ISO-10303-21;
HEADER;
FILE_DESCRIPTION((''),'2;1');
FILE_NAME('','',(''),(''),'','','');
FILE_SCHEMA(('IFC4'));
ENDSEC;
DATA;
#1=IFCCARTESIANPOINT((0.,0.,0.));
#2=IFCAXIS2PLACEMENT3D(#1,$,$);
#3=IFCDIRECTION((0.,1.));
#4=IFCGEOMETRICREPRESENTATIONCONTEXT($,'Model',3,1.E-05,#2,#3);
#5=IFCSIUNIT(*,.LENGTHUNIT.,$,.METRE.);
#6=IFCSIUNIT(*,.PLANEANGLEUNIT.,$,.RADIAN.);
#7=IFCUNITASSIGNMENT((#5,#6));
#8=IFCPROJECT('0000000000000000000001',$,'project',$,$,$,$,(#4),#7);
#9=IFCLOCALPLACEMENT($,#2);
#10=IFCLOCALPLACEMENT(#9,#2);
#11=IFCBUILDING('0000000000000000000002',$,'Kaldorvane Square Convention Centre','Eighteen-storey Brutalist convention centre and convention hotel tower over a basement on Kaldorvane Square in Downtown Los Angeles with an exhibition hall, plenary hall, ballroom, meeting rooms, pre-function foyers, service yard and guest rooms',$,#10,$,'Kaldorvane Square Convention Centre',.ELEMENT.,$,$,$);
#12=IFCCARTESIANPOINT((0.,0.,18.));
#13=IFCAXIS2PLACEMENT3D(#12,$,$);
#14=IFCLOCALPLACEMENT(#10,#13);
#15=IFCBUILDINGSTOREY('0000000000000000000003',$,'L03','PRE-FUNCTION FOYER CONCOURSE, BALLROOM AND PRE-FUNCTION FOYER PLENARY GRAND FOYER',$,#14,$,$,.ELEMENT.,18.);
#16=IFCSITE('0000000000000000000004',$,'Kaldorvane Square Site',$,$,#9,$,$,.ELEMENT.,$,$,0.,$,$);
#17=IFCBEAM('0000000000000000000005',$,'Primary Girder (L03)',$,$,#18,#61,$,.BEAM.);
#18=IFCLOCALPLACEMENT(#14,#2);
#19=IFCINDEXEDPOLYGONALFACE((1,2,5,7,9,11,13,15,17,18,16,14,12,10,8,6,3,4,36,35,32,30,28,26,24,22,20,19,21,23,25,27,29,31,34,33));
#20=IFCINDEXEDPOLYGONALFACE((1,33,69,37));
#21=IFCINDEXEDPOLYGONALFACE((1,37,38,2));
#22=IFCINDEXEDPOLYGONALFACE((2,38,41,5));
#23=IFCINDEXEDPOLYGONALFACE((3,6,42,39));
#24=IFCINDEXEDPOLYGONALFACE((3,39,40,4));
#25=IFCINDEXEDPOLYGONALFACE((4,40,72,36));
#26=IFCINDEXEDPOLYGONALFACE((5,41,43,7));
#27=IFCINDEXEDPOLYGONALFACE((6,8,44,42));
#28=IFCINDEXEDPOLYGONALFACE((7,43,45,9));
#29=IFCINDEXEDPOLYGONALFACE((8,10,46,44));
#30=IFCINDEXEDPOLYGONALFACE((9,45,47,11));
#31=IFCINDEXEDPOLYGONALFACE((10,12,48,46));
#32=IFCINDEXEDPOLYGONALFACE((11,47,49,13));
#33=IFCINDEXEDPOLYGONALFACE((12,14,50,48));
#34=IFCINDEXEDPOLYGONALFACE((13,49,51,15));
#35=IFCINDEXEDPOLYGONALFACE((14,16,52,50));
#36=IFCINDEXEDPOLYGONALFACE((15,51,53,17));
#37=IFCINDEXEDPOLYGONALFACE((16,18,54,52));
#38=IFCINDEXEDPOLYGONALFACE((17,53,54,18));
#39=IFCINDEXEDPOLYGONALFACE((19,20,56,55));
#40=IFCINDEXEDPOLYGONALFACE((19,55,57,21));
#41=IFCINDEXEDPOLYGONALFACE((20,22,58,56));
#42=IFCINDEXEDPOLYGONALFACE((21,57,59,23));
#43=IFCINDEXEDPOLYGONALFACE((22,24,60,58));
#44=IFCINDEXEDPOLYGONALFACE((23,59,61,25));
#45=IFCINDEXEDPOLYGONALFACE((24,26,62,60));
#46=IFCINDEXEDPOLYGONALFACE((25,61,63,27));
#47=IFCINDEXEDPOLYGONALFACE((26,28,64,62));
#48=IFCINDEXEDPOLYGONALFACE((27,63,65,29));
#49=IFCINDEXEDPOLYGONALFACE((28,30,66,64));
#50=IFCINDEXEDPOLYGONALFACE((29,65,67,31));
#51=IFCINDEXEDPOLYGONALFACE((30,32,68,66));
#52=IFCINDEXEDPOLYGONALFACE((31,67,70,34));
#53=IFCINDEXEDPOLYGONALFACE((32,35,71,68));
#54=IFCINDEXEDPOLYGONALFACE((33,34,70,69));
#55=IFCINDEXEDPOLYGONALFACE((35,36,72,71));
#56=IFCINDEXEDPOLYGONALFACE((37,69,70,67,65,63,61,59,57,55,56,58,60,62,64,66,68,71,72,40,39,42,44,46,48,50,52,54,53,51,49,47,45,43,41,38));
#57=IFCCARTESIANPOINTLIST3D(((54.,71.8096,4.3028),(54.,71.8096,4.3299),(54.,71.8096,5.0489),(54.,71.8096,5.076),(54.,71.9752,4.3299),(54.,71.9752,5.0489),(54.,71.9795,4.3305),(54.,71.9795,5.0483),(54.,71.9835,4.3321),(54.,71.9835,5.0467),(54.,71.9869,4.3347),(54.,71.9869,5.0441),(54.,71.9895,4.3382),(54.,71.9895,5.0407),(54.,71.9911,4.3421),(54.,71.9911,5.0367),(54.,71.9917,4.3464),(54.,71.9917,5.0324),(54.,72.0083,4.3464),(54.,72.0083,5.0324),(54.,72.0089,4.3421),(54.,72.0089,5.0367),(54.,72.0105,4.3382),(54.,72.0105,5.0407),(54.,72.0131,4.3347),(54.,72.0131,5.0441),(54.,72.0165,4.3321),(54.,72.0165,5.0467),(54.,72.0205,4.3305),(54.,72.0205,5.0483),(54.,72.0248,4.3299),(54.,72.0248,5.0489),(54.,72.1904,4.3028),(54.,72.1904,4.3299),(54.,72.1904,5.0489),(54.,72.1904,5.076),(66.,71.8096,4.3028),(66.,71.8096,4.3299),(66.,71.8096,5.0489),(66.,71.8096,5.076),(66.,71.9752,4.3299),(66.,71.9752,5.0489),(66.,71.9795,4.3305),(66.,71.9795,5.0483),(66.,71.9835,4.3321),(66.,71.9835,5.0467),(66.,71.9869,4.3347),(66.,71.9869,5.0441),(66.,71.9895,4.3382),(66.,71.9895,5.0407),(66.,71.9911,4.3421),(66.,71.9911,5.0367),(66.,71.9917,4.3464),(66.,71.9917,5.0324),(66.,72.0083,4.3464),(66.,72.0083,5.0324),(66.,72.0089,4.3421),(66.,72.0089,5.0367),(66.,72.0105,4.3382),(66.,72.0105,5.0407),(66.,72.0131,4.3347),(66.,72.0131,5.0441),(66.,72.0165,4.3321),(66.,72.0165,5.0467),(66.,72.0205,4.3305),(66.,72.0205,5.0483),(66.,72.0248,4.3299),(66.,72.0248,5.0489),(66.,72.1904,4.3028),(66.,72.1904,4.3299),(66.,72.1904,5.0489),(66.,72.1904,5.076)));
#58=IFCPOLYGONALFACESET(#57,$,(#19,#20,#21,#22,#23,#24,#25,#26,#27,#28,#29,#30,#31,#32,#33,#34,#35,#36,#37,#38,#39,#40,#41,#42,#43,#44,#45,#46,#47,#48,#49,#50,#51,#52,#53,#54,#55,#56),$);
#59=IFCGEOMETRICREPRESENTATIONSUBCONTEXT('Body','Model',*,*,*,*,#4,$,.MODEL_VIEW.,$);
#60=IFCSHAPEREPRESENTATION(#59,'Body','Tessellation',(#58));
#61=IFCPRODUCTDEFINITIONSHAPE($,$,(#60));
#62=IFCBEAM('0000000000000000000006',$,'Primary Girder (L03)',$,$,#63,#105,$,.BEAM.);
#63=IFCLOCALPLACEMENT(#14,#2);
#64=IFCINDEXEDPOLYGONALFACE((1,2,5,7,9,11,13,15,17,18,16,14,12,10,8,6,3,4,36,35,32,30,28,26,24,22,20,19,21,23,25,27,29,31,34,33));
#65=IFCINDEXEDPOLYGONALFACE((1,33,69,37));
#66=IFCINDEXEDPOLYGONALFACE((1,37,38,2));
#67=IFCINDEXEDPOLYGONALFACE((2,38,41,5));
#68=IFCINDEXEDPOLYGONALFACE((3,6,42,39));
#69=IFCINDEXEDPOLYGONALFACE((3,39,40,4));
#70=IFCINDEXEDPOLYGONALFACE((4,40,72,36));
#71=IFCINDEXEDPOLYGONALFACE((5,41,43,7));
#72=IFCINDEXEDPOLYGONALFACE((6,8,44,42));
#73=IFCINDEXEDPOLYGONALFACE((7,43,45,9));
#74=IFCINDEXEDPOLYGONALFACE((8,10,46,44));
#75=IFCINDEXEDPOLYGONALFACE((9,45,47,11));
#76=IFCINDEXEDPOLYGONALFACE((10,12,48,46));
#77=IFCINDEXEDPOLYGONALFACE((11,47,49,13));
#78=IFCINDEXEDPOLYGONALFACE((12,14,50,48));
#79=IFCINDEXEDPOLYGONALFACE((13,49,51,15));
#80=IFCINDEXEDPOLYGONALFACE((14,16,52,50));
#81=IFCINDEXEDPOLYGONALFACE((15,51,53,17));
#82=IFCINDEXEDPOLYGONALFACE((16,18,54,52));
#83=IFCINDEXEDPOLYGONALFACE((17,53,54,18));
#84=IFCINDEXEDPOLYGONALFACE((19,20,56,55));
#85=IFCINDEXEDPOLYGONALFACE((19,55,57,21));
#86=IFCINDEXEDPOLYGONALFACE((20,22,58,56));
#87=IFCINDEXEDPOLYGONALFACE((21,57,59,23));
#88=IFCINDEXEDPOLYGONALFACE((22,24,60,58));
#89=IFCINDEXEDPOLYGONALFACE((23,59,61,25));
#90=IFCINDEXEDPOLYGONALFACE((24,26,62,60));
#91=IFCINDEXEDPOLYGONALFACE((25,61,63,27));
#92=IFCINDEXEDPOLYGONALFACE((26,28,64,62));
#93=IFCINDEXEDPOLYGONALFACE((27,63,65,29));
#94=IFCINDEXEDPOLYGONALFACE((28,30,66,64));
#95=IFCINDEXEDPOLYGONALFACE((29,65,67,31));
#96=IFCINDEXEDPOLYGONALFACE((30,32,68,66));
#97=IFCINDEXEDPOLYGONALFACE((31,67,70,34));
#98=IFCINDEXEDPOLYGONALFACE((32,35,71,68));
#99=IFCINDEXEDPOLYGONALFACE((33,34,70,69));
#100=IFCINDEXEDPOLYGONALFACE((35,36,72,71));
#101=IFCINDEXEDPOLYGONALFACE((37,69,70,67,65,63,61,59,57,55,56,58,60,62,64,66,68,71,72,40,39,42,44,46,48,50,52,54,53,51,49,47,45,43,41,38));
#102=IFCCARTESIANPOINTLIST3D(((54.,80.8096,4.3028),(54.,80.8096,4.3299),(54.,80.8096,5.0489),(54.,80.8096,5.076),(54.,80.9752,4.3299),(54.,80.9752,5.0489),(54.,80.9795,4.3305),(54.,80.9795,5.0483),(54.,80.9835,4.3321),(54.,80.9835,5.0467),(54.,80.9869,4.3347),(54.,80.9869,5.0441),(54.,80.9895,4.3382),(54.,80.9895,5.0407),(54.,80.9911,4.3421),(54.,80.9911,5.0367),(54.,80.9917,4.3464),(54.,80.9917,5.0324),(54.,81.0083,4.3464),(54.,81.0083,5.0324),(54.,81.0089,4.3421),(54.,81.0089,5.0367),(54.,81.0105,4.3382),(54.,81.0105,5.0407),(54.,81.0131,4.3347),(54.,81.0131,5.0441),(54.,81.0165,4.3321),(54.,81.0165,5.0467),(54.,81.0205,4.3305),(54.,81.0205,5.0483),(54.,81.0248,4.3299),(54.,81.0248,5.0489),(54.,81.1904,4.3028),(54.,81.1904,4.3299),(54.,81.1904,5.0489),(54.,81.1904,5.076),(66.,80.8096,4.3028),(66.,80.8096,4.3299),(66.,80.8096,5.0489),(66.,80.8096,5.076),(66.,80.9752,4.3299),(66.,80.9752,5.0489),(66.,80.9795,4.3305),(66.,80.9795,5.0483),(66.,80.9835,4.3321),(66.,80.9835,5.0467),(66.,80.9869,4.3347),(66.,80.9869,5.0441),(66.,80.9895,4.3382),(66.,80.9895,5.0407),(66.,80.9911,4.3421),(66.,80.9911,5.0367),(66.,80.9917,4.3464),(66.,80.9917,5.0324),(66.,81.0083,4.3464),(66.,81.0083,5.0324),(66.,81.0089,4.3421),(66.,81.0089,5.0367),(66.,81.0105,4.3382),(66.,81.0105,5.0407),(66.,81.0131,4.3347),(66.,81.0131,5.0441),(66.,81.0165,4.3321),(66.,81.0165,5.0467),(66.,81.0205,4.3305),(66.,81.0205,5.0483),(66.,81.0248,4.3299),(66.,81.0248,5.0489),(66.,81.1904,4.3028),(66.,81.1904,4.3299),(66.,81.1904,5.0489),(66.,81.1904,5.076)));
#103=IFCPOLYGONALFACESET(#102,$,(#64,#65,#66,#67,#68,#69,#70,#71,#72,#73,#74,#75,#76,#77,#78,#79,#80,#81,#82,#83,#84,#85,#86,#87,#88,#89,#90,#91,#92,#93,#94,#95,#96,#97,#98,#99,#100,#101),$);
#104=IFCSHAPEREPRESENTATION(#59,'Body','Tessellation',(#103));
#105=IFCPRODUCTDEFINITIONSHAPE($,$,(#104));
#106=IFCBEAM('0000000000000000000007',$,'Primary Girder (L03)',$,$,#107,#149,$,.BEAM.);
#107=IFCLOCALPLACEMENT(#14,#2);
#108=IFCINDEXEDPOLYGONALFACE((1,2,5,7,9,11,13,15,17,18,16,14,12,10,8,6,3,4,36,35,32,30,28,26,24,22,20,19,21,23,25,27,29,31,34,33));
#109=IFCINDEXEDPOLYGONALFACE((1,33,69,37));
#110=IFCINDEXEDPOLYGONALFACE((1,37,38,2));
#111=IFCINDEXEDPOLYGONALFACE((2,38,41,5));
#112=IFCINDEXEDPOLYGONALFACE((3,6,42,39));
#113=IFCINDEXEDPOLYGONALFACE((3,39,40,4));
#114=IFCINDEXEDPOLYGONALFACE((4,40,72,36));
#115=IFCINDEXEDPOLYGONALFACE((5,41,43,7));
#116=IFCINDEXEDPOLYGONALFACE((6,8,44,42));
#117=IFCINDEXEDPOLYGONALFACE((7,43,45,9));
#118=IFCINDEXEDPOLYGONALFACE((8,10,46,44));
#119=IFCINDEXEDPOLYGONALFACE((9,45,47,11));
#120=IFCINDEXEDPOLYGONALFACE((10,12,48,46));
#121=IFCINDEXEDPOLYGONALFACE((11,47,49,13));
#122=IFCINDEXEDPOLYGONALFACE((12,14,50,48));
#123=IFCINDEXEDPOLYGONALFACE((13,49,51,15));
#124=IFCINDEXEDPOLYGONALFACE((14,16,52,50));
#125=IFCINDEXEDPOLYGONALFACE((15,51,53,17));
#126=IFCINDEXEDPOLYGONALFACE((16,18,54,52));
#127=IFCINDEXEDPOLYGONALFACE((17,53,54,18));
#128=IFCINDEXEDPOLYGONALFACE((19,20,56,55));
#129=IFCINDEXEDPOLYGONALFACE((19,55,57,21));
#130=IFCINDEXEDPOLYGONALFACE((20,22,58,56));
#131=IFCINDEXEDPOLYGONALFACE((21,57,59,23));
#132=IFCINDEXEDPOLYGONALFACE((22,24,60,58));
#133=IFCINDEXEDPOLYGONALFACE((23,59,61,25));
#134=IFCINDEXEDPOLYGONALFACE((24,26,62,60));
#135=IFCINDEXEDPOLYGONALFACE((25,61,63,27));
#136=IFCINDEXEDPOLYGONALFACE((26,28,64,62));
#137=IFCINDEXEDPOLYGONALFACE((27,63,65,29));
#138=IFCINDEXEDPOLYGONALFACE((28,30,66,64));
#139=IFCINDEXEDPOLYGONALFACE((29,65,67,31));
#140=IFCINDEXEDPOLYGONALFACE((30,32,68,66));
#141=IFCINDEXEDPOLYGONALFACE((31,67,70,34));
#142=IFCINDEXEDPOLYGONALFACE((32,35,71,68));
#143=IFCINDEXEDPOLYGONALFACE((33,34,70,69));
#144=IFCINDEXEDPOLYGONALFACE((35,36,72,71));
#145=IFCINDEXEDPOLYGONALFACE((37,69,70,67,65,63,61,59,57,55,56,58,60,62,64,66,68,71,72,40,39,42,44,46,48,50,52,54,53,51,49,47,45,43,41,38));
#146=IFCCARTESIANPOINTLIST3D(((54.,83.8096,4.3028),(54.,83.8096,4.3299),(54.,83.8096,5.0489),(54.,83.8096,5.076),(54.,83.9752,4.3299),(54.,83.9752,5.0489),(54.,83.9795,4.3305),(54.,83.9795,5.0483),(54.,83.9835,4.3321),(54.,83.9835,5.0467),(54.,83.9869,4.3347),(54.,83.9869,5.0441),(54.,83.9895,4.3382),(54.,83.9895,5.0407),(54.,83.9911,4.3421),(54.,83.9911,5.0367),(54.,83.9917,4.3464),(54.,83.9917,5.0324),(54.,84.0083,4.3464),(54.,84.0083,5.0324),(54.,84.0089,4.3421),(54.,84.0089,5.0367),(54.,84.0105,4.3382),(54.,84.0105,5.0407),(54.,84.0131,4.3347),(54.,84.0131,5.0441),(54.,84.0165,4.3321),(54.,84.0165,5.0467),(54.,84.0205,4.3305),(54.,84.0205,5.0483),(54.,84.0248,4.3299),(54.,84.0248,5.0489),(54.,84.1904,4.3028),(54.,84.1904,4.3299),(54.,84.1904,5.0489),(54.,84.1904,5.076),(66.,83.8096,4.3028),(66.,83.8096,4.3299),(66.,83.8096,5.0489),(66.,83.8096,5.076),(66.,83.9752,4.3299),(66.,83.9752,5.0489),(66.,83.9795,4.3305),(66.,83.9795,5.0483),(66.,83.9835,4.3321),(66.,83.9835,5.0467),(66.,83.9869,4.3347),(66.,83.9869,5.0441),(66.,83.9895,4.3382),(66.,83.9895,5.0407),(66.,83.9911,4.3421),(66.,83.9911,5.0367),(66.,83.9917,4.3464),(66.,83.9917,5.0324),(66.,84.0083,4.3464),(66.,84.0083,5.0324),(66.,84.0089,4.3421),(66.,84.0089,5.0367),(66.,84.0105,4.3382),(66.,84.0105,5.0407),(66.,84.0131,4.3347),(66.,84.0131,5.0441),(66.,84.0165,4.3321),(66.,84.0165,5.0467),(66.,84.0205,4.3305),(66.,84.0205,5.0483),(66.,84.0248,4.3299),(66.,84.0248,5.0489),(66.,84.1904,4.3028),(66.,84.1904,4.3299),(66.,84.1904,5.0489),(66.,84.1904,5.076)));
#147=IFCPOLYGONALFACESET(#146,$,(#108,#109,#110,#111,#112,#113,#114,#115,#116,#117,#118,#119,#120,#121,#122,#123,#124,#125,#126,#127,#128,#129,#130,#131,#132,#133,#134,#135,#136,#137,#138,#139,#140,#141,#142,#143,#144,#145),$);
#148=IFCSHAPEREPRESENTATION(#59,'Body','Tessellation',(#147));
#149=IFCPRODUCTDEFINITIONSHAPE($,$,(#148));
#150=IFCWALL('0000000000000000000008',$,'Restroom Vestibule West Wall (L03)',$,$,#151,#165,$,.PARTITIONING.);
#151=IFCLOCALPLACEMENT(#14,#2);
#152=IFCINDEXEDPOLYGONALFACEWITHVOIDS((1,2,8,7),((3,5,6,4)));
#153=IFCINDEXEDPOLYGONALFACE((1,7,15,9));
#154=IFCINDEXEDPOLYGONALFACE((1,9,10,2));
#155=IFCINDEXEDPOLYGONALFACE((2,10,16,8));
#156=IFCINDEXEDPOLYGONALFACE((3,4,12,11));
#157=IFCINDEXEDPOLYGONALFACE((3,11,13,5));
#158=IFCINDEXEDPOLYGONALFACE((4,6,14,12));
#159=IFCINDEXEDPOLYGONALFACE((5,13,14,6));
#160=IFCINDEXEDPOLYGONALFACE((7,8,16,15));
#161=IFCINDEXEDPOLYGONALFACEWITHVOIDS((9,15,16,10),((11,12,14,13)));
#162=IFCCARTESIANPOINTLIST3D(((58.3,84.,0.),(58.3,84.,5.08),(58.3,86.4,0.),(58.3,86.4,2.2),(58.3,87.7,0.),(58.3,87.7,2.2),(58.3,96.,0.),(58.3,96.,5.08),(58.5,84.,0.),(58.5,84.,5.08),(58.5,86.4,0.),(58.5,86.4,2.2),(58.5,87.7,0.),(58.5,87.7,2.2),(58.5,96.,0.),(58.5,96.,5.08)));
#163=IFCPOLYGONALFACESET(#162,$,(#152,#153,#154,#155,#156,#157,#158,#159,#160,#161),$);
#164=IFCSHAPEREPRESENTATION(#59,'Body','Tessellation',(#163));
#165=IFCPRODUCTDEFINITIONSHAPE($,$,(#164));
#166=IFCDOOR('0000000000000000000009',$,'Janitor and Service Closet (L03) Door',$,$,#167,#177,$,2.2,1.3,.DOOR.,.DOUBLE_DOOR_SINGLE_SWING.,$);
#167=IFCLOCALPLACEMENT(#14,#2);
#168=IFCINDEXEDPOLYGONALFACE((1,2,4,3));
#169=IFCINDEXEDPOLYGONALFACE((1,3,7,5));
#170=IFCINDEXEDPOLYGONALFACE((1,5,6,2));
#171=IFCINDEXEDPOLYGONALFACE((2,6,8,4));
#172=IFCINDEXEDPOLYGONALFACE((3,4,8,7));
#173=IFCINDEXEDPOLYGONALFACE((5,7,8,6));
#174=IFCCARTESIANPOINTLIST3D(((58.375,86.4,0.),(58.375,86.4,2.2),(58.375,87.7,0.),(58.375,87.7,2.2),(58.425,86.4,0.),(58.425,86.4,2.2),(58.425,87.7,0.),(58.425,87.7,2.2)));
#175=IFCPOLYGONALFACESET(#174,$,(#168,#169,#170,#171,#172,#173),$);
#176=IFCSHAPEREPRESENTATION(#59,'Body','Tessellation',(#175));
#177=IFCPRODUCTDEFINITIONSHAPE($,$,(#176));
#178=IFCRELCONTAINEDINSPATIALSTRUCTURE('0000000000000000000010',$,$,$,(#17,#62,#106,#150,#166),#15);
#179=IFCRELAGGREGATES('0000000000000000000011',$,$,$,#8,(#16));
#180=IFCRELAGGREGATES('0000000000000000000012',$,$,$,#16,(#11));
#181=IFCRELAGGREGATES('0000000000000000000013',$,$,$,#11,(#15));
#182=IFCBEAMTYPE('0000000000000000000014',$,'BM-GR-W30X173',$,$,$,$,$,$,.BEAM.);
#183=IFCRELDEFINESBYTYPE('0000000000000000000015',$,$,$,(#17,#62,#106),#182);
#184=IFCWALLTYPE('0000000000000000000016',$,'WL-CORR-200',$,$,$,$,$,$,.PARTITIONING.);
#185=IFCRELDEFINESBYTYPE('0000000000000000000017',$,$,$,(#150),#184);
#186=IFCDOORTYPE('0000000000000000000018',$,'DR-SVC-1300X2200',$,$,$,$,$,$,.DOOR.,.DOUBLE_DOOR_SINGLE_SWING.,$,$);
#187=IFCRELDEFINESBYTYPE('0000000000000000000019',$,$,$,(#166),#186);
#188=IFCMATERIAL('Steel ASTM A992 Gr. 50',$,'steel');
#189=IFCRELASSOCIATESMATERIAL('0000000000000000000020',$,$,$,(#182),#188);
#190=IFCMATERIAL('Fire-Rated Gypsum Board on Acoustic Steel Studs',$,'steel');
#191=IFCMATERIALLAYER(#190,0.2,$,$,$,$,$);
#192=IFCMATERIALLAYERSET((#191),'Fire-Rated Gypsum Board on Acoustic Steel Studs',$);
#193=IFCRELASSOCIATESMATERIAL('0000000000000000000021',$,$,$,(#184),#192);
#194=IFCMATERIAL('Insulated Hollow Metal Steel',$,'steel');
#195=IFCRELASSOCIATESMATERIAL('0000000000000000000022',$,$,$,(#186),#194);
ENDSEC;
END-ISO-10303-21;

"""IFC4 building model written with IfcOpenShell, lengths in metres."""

from ifc_helpers import new_model, si_unit, direction, frame, frame_2d, origin, origin_2d, place, context, subcontext, project, spatial, rectangle, i_section, extrude, material, layer, layer_set, material_profile, profile_set, type_object, element, fill, save


model = new_model("IFC4")

# Units and contexts
model_context = context("Model", 3, precision=1e-05, world=origin(), true_north=direction((0.0, 1.0)))
body_context = subcontext(model_context, "Body", "Model", "MODEL_VIEW")
ifc_project = project(units=[si_unit("LENGTHUNIT", "METRE"), si_unit("PLANEANGLEUNIT", "RADIAN")], contexts=[model_context])

# Site, building, storey
site_placement = place(None, origin())
site = spatial("IfcSite", under=ifc_project, at=site_placement, Name="Kaldorvane Square Site", CompositionType="ELEMENT", RefElevation=0.0)
building_placement = place(site_placement, origin())
building = spatial("IfcBuilding", under=site, at=building_placement, Name="Kaldorvane Square Convention Centre", Description="Eighteen-storey Brutalist convention centre and convention hotel tower over a basement on Kaldorvane Square in Downtown Los Angeles with an exhibition hall, plenary hall, ballroom, meeting rooms, pre-function foyers, service yard and guest rooms", LongName="Kaldorvane Square Convention Centre", CompositionType="ELEMENT")
storey_placement = place(building_placement, frame((0.0, 0.0, 18.0)))
storey = spatial("IfcBuildingStorey", under=building, at=storey_placement, Name="L03", Description="PRE-FUNCTION FOYER CONCOURSE, BALLROOM AND PRE-FUNCTION FOYER PLENARY GRAND FOYER", CompositionType="ELEMENT", Elevation=18.0)

# Shared definitions
ifc_material_1 = material(Name="Steel ASTM A992 Gr. 50", Category="steel")

# Beams
ifc_material_profile_1 = material_profile(ifc_material_1, i_section(OverallWidth=0.3807, OverallDepth=0.7732, WebThickness=0.0166, FlangeThickness=0.0271, FilletRadius=0.0165, at=origin_2d()), Name="W30X173")
ifc_profile_set_1 = profile_set([ifc_material_profile_1], Name="Steel ASTM A992 Gr. 50")
beam_type_1 = type_object("IfcBeamType", Name="BM-GR-W30X173", PredefinedType="BEAM", material=ifc_profile_set_1)
for number, where, z_axis, x_axis, name in (
    (1, (54.0, 72.0, 4.6894), (1.0, 0.0, 0.0), (0.0, 1.0, 0.0), "Primary Girder (L03)"),
    (2, (54.0, 81.0, 4.6894), (1.0, 0.0, 0.0), (0.0, 1.0, 0.0), "Primary Girder (L03)"),
    (3, (54.0, 84.0, 4.6894), (1.0, 0.0, 0.0), (0.0, 1.0, 0.0), "Primary Girder (L03)"),
):
    element("IfcBeam", number, at=place(storey_placement, frame(where, z_axis=z_axis, x_axis=x_axis)), inside=storey, type_object=beam_type_1, Name=name, PredefinedType="BEAM", context=body_context, shape_type="SweptSolid", body=[
        extrude(i_section(OverallWidth=0.3807, OverallDepth=0.7732, WebThickness=0.0166, FlangeThickness=0.0271, FilletRadius=0.0165, at=origin_2d()), origin(), (0.0, 0.0, 1.0), 12.0),
    ])

# Wall, opening, door
ifc_material_2 = material(Name="Fire-Rated Gypsum Board on Acoustic Steel Studs", Category="steel")
ifc_layer_1 = layer(ifc_material_2, 0.2)
ifc_layer_set_1 = layer_set([ifc_layer_1], Name="Fire-Rated Gypsum Board on Acoustic Steel Studs")
wall_type_1 = type_object("IfcWallType", Name="WL-CORR-200", PredefinedType="PARTITIONING", material=ifc_layer_set_1)
wall_1_placement = place(storey_placement, frame((58.4, 84.0, 0.0), z_axis=(0.0, 0.0, 1.0), x_axis=(0.0, 1.0, 0.0)))
wall_1 = element("IfcWall", 4, at=wall_1_placement, inside=storey, type_object=wall_type_1, Name="Restroom Vestibule West Wall (L03)", PredefinedType="PARTITIONING", context=body_context, shape_type="SweptSolid", body=[
    extrude(rectangle(XDim=12.0, YDim=0.2, at=frame_2d((6.0, 0.0))), origin(), (0.0, 0.0, 1.0), 5.08),
])
opening_1_placement = place(wall_1_placement, frame((2.4, 0.0, 0.0)))
opening_1 = element("IfcOpeningElement", 5, at=opening_1_placement, cuts=wall_1, PredefinedType="OPENING", context=body_context, shape_type="SweptSolid", body=[
    extrude(rectangle(XDim=1.3, YDim=2.2, at=frame_2d((0.65, 1.1))), frame((0.0, 0.115, 0.0), z_axis=(0.0, -1.0, 0.0), x_axis=(1.0, 0.0, 0.0)), (0.0, 0.0, 1.0), 0.23),
])
ifc_material_3 = material(Name="Insulated Hollow Metal Steel", Category="steel")
door_type_1 = type_object("IfcDoorType", Name="DR-SVC-1300X2200", OperationType="DOUBLE_DOOR_SINGLE_SWING", PredefinedType="DOOR", material=ifc_material_3)
door_1_placement = place(opening_1_placement, origin())
door_1 = element("IfcDoor", 6, at=door_1_placement, inside=storey, type_object=door_type_1, Name="Janitor and Service Closet (L03) Door", OperationType="DOUBLE_DOOR_SINGLE_SWING", OverallHeight=2.2, OverallWidth=1.3, PredefinedType="DOOR", context=body_context, shape_type="SweptSolid", body=[
    extrude(rectangle(XDim=1.3, YDim=2.2, at=frame_2d((0.65, 1.1))), frame((0.0, 0.025, 0.0), z_axis=(0.0, -1.0, 0.0), x_axis=(1.0, 0.0, 0.0)), (0.0, 0.0, 1.0), 0.05),
])
fill(opening_1, door_1)

save(model, "model.ifc")
